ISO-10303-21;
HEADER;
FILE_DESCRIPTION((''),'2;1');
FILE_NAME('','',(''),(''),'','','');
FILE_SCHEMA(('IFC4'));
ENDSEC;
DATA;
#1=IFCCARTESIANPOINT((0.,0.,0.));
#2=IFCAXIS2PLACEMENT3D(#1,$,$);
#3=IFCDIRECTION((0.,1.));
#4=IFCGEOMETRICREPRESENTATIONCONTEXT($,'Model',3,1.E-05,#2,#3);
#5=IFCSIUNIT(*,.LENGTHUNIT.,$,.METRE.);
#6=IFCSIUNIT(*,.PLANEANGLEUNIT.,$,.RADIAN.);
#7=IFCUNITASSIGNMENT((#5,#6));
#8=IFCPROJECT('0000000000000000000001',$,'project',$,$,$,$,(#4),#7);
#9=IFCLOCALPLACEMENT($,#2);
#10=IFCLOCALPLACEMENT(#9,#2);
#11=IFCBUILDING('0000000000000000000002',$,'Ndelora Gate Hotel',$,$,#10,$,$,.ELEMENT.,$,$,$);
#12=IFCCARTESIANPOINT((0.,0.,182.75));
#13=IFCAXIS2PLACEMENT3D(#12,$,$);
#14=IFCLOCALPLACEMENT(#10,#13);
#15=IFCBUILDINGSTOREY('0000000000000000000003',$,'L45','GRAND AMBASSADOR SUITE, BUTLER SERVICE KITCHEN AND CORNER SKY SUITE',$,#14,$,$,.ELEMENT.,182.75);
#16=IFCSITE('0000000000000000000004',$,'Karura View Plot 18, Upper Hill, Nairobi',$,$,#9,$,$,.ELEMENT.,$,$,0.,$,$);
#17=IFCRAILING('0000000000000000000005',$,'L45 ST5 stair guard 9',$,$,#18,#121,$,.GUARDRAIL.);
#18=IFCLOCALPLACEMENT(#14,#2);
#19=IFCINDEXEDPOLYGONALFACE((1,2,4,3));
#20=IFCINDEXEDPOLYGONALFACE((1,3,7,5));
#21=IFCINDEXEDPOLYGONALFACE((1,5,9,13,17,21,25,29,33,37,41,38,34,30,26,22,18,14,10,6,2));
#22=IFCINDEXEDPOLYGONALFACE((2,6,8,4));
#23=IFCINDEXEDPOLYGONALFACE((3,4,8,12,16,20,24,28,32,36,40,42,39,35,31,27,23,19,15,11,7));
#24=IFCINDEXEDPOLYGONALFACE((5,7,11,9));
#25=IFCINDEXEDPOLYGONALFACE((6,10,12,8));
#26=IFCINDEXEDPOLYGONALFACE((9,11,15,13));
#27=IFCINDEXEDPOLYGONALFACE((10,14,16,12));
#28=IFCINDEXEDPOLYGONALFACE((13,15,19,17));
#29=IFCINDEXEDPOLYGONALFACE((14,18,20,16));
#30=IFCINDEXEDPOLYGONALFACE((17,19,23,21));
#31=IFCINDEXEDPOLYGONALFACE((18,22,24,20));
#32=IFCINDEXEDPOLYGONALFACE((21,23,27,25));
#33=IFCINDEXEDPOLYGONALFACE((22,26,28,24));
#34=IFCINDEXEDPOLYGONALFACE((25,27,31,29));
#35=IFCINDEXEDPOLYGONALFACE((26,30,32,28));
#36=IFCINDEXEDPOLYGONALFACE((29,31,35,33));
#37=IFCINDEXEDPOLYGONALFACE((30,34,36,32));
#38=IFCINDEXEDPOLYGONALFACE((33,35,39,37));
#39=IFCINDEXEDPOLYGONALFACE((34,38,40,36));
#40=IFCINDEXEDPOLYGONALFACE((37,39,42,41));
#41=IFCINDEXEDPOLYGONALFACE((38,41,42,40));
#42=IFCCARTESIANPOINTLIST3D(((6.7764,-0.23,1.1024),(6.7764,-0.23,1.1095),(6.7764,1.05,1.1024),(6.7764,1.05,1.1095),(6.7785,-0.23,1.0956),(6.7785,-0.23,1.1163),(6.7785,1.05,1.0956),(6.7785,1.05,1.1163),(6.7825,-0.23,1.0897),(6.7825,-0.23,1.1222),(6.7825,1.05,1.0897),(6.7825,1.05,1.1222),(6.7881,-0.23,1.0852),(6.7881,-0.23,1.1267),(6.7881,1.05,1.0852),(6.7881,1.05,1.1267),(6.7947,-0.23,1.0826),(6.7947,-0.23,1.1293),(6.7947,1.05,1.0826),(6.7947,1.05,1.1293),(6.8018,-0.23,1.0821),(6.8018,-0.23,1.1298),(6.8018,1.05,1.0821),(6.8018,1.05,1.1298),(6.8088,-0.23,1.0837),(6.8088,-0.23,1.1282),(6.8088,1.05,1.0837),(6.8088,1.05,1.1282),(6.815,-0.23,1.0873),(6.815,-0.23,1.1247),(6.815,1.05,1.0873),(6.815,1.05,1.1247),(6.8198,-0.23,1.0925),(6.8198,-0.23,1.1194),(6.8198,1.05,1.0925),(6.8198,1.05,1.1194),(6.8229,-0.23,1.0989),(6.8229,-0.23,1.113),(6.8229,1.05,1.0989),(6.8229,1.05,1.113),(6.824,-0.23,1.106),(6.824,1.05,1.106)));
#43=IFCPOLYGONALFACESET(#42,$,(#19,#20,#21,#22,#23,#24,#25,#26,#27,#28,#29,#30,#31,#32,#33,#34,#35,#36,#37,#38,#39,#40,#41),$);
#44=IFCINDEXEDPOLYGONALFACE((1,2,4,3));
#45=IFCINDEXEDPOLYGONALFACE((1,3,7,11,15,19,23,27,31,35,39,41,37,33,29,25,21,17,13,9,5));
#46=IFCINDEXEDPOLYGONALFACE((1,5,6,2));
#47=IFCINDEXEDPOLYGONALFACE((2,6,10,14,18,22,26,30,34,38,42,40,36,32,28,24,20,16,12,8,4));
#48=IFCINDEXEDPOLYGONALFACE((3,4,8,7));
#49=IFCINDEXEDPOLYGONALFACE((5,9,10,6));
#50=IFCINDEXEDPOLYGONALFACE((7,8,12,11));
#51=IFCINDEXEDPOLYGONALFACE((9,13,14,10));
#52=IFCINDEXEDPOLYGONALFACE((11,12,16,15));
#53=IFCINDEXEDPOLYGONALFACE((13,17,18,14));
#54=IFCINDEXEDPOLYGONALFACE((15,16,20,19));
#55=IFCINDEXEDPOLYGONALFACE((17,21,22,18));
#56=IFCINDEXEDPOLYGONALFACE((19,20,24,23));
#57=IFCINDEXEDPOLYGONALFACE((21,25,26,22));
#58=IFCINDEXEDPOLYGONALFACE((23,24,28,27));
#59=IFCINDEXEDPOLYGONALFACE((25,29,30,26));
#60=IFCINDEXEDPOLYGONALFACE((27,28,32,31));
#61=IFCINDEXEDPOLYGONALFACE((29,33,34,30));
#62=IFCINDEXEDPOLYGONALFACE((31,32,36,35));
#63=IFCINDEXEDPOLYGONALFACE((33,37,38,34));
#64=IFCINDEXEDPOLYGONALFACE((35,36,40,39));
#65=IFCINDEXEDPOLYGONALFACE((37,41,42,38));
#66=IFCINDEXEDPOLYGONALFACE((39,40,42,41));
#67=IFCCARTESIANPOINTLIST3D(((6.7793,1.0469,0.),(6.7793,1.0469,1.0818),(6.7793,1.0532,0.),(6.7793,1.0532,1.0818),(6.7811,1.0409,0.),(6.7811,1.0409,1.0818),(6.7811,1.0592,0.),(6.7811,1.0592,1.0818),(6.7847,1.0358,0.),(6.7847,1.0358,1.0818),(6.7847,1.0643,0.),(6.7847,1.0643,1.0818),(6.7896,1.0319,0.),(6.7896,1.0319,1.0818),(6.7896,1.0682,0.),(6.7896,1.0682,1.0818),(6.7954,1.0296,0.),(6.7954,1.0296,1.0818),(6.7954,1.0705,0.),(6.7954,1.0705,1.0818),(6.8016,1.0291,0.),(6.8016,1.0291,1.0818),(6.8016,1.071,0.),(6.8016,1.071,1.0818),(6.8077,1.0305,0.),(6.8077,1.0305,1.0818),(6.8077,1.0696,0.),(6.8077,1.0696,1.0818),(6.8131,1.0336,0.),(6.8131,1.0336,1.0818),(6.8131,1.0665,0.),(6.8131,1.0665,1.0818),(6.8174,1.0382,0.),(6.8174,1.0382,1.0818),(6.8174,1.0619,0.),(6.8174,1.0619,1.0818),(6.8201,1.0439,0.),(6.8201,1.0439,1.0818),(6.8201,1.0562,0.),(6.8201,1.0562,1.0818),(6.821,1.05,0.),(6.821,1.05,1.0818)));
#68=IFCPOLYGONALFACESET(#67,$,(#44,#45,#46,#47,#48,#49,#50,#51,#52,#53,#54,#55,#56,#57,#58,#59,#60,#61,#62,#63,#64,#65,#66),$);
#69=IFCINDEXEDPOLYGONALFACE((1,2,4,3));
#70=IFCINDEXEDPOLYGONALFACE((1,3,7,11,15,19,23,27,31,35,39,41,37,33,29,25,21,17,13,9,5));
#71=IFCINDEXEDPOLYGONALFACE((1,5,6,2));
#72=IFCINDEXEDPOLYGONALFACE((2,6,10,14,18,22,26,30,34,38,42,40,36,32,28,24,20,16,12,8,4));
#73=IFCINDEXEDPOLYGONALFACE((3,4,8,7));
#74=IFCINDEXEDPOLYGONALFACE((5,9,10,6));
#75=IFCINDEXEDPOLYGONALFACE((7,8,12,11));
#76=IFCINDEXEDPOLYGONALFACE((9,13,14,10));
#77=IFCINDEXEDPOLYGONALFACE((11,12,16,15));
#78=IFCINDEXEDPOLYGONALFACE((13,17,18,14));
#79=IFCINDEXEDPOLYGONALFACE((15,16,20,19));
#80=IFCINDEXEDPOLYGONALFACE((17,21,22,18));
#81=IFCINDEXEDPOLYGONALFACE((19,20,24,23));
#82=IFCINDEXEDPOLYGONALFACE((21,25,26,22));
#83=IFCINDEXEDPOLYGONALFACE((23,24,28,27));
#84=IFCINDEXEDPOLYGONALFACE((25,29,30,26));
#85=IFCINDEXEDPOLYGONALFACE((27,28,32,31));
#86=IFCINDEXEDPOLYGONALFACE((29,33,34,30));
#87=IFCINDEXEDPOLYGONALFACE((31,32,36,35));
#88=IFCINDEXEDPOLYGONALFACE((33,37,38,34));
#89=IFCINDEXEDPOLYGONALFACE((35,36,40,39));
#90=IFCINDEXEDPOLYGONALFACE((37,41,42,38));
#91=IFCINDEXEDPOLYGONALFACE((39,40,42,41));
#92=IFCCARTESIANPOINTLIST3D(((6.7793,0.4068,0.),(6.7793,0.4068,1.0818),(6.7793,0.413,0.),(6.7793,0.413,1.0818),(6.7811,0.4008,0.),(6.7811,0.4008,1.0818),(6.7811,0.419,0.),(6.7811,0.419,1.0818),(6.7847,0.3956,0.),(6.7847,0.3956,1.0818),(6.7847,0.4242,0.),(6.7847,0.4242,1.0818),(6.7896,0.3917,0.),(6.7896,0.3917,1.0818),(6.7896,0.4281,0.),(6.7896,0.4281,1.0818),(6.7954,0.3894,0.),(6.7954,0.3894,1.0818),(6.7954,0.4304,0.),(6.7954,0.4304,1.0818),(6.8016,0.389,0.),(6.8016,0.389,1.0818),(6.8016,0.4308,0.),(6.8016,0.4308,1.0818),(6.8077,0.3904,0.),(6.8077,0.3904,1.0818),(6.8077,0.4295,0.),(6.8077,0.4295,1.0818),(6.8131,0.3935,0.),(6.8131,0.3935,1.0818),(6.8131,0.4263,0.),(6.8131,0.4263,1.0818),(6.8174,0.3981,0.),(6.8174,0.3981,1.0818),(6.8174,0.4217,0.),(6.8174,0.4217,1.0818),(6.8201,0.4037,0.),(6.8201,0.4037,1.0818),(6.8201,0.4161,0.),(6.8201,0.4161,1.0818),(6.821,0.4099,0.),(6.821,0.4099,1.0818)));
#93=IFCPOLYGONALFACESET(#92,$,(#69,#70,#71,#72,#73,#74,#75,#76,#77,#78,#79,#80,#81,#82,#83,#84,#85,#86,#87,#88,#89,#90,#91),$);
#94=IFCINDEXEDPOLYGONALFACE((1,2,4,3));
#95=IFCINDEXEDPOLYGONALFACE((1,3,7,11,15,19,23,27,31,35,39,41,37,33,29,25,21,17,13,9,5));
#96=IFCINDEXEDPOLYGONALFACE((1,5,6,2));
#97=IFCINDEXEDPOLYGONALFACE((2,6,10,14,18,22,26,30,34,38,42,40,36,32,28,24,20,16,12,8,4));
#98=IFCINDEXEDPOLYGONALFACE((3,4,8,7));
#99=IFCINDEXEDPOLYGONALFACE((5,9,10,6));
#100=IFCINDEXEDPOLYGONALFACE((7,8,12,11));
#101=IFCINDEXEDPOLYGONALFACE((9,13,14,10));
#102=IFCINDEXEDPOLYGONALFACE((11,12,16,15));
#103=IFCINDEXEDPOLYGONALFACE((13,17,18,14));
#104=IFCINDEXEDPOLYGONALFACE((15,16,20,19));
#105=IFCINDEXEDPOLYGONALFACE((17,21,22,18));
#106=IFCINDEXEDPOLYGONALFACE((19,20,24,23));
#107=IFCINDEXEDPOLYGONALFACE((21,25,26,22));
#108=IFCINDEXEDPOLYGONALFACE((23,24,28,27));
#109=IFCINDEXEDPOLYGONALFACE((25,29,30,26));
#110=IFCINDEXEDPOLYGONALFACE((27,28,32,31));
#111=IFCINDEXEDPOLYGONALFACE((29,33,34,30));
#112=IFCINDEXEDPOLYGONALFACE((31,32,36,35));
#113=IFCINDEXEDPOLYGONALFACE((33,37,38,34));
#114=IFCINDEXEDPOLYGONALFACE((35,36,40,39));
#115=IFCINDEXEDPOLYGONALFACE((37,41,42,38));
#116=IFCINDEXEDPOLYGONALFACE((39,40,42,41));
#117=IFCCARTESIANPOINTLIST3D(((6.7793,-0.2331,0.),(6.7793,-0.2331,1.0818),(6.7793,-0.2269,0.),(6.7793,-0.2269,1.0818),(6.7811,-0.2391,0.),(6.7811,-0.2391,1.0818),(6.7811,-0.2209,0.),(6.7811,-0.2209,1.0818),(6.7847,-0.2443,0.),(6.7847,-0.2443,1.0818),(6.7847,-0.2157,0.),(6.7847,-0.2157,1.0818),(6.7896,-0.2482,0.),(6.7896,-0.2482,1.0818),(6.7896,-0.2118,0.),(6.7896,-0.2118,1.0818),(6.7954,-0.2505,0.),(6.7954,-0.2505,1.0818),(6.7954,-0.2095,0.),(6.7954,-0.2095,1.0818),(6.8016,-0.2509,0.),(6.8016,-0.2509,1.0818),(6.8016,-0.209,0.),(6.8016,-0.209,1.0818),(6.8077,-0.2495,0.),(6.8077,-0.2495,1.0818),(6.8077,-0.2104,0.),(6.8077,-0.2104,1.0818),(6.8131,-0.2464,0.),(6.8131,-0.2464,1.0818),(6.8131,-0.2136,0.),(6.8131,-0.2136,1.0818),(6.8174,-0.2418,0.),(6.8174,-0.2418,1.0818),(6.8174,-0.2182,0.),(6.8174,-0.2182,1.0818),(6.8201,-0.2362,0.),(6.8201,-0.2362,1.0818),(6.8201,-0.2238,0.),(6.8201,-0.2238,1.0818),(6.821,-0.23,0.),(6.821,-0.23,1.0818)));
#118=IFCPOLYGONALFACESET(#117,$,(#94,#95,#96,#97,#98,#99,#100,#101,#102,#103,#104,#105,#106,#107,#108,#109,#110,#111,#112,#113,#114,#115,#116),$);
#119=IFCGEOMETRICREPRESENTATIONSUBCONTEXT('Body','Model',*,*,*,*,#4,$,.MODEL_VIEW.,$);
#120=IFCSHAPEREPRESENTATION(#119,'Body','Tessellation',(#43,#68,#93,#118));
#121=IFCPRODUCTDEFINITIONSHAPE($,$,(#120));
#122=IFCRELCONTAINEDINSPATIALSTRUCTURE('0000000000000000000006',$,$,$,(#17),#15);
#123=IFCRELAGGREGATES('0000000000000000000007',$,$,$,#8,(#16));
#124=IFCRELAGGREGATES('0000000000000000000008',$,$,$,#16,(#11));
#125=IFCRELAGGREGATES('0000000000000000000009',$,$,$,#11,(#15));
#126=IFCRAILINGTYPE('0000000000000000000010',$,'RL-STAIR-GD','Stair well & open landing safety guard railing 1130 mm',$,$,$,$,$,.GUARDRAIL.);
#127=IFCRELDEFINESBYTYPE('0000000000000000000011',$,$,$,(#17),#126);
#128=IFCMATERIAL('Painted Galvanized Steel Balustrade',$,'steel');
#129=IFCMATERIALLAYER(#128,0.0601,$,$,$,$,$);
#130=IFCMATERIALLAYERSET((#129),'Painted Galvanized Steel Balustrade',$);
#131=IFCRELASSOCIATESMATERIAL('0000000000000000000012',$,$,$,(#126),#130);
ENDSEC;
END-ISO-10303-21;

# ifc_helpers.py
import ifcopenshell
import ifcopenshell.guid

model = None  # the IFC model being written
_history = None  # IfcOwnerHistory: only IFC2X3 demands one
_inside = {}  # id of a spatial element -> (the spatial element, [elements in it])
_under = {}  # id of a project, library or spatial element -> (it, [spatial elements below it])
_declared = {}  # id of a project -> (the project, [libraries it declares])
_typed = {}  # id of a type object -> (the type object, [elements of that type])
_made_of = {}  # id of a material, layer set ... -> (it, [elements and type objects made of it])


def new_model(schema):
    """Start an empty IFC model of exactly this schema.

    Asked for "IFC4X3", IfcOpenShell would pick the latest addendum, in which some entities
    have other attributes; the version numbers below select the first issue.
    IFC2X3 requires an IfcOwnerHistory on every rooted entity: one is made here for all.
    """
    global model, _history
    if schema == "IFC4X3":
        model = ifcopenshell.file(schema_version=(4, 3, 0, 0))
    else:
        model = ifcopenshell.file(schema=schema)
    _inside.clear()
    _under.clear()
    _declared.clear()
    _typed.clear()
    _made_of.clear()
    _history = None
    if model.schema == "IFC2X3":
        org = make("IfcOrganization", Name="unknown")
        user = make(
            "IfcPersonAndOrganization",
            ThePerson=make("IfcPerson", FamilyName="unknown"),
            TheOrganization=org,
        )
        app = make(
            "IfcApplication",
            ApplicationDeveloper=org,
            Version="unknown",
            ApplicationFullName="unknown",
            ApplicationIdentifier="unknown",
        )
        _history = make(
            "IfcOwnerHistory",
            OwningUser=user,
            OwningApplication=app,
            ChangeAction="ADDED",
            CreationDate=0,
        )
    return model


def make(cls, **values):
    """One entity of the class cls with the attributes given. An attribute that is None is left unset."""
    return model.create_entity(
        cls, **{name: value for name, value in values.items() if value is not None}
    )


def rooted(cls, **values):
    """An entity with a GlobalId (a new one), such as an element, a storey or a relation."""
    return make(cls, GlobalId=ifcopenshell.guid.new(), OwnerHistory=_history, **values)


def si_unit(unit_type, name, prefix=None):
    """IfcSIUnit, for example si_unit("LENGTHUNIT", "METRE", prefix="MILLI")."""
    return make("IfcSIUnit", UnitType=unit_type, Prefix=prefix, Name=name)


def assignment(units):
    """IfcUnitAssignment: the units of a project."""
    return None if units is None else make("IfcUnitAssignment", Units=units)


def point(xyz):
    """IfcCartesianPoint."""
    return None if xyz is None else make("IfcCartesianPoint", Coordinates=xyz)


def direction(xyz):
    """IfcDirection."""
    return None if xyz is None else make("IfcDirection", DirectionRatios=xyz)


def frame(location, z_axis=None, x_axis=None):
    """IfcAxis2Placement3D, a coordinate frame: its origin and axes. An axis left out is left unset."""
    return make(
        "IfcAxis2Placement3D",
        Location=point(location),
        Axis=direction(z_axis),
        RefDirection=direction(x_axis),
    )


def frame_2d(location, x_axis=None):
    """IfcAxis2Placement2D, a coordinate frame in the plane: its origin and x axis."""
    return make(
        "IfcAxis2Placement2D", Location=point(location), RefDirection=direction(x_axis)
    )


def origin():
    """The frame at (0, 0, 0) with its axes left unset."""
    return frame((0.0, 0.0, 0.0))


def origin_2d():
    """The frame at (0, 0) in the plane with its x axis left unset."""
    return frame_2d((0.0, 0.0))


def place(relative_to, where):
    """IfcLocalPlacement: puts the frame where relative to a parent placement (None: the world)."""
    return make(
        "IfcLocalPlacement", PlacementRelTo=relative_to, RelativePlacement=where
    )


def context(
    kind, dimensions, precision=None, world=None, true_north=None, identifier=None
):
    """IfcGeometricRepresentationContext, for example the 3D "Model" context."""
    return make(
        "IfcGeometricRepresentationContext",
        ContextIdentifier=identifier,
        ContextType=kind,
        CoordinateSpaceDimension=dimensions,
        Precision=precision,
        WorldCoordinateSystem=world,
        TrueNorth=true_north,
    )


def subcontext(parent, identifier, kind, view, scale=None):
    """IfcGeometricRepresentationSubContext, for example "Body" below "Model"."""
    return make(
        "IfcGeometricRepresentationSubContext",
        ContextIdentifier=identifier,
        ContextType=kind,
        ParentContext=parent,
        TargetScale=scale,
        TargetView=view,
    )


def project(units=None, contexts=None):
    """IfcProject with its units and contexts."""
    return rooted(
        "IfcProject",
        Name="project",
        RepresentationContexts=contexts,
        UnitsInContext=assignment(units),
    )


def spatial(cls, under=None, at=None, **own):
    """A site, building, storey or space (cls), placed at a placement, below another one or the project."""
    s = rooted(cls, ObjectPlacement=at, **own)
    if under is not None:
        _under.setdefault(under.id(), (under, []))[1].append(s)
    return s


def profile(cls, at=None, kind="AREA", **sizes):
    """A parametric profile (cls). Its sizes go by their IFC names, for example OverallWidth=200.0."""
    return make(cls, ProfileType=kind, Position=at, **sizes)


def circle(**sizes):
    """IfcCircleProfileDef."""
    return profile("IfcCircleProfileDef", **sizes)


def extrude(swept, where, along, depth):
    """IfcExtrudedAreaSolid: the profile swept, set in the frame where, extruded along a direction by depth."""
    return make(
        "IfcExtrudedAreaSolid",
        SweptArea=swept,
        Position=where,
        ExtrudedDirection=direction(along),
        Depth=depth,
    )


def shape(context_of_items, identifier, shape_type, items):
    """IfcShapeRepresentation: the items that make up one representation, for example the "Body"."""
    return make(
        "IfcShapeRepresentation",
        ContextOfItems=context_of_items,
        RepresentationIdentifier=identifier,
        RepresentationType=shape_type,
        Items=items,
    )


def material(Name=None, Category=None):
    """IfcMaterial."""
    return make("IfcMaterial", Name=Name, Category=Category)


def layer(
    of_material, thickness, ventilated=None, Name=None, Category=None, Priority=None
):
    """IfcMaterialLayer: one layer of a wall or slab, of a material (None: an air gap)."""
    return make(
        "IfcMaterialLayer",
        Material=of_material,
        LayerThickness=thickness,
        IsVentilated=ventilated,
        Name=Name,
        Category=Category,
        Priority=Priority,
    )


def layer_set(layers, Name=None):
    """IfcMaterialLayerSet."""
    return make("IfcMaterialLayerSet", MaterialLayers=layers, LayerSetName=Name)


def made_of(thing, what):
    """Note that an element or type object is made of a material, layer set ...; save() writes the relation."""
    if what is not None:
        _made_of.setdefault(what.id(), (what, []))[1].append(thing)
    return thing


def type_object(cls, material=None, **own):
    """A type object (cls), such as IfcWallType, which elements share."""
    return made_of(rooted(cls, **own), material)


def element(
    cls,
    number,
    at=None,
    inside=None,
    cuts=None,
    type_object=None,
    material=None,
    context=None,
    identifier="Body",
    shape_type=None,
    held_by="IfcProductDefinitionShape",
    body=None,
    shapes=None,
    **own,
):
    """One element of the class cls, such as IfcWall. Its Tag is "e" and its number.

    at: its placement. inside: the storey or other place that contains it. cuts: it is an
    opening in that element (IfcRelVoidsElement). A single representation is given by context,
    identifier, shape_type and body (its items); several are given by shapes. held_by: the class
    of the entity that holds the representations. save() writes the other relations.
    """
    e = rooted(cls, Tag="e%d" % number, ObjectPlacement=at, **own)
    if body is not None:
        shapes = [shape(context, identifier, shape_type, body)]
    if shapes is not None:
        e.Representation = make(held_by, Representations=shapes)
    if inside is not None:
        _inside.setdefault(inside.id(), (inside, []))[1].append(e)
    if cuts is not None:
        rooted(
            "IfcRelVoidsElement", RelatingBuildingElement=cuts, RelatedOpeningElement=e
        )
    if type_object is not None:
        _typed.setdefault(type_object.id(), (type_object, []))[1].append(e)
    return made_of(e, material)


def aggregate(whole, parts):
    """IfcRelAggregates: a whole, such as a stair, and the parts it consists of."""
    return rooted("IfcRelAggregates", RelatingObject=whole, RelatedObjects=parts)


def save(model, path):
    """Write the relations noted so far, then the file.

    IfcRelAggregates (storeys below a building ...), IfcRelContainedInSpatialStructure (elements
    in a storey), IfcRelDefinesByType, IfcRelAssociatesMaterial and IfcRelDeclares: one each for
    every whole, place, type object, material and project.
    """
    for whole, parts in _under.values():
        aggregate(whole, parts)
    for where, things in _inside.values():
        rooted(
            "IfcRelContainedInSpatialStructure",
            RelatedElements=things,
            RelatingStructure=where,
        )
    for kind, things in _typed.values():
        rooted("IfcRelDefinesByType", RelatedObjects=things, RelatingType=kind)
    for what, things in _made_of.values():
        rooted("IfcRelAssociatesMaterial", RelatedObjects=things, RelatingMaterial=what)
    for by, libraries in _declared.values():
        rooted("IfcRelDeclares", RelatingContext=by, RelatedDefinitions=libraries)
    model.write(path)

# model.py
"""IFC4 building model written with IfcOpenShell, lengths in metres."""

from ifc_helpers import new_model, si_unit, direction, frame, origin, origin_2d, place, context, subcontext, project, spatial, circle, extrude, material, layer, layer_set, type_object, element, save


model = new_model("IFC4")

# Units and contexts
model_context = context("Model", 3, precision=1e-05, world=origin(), true_north=direction((0.0, 1.0)))
body_context = subcontext(model_context, "Body", "Model", "MODEL_VIEW")
ifc_project = project(units=[si_unit("LENGTHUNIT", "METRE"), si_unit("PLANEANGLEUNIT", "RADIAN")], contexts=[model_context])

# Site, building, storey
site_placement = place(None, origin())
site = spatial("IfcSite", under=ifc_project, at=site_placement, Name="Karura View Plot 18, Upper Hill, Nairobi", CompositionType="ELEMENT", RefElevation=0.0)
building_placement = place(site_placement, origin())
building = spatial("IfcBuilding", under=site, at=building_placement, Name="Ndelora Gate Hotel", CompositionType="ELEMENT")
storey_placement = place(building_placement, frame((0.0, 0.0, 182.75)))
storey = spatial("IfcBuildingStorey", under=building, at=storey_placement, Name="L45", Description="GRAND AMBASSADOR SUITE, BUTLER SERVICE KITCHEN AND CORNER SKY SUITE", CompositionType="ELEMENT", Elevation=182.75)

# Railing
ifc_material_1 = material(Name="Painted Galvanized Steel Balustrade", Category="steel")
ifc_layer_1 = layer(ifc_material_1, 0.0601)
ifc_layer_set_1 = layer_set([ifc_layer_1], Name="Painted Galvanized Steel Balustrade")
railing_type = type_object("IfcRailingType", Name="RL-STAIR-GD", Description="Stair well & open landing safety guard railing 1130 mm", PredefinedType="GUARDRAIL", material=ifc_layer_set_1)
for number, where, name in (
    (1, (6.8, 1.05, 0.0), "L45 ST5 stair guard 9"),
):
    element("IfcRailing", number, at=place(storey_placement, frame(where)), inside=storey, type_object=railing_type, Name=name, PredefinedType="GUARDRAIL", context=body_context, shape_type="SweptSolid", body=[
        extrude(circle(Radius=0.0239, at=origin_2d()), frame((0.0, 0.0, 1.106), z_axis=(0.0, -1.0, 0.0), x_axis=(1.0, 0.0, 0.0)), (0.0, 0.0, 1.0), 1.28),
        extrude(circle(Radius=0.021, at=origin_2d()), origin(), (0.0, 0.0, 1.0), 1.0818),
        extrude(circle(Radius=0.021, at=origin_2d()), frame((0.0, -0.6401, 0.0)), (0.0, 0.0, 1.0), 1.0818),
        extrude(circle(Radius=0.021, at=origin_2d()), frame((0.0, -1.28, 0.0)), (0.0, 0.0, 1.0), 1.0818),
    ])

save(model, "model.ifc")
